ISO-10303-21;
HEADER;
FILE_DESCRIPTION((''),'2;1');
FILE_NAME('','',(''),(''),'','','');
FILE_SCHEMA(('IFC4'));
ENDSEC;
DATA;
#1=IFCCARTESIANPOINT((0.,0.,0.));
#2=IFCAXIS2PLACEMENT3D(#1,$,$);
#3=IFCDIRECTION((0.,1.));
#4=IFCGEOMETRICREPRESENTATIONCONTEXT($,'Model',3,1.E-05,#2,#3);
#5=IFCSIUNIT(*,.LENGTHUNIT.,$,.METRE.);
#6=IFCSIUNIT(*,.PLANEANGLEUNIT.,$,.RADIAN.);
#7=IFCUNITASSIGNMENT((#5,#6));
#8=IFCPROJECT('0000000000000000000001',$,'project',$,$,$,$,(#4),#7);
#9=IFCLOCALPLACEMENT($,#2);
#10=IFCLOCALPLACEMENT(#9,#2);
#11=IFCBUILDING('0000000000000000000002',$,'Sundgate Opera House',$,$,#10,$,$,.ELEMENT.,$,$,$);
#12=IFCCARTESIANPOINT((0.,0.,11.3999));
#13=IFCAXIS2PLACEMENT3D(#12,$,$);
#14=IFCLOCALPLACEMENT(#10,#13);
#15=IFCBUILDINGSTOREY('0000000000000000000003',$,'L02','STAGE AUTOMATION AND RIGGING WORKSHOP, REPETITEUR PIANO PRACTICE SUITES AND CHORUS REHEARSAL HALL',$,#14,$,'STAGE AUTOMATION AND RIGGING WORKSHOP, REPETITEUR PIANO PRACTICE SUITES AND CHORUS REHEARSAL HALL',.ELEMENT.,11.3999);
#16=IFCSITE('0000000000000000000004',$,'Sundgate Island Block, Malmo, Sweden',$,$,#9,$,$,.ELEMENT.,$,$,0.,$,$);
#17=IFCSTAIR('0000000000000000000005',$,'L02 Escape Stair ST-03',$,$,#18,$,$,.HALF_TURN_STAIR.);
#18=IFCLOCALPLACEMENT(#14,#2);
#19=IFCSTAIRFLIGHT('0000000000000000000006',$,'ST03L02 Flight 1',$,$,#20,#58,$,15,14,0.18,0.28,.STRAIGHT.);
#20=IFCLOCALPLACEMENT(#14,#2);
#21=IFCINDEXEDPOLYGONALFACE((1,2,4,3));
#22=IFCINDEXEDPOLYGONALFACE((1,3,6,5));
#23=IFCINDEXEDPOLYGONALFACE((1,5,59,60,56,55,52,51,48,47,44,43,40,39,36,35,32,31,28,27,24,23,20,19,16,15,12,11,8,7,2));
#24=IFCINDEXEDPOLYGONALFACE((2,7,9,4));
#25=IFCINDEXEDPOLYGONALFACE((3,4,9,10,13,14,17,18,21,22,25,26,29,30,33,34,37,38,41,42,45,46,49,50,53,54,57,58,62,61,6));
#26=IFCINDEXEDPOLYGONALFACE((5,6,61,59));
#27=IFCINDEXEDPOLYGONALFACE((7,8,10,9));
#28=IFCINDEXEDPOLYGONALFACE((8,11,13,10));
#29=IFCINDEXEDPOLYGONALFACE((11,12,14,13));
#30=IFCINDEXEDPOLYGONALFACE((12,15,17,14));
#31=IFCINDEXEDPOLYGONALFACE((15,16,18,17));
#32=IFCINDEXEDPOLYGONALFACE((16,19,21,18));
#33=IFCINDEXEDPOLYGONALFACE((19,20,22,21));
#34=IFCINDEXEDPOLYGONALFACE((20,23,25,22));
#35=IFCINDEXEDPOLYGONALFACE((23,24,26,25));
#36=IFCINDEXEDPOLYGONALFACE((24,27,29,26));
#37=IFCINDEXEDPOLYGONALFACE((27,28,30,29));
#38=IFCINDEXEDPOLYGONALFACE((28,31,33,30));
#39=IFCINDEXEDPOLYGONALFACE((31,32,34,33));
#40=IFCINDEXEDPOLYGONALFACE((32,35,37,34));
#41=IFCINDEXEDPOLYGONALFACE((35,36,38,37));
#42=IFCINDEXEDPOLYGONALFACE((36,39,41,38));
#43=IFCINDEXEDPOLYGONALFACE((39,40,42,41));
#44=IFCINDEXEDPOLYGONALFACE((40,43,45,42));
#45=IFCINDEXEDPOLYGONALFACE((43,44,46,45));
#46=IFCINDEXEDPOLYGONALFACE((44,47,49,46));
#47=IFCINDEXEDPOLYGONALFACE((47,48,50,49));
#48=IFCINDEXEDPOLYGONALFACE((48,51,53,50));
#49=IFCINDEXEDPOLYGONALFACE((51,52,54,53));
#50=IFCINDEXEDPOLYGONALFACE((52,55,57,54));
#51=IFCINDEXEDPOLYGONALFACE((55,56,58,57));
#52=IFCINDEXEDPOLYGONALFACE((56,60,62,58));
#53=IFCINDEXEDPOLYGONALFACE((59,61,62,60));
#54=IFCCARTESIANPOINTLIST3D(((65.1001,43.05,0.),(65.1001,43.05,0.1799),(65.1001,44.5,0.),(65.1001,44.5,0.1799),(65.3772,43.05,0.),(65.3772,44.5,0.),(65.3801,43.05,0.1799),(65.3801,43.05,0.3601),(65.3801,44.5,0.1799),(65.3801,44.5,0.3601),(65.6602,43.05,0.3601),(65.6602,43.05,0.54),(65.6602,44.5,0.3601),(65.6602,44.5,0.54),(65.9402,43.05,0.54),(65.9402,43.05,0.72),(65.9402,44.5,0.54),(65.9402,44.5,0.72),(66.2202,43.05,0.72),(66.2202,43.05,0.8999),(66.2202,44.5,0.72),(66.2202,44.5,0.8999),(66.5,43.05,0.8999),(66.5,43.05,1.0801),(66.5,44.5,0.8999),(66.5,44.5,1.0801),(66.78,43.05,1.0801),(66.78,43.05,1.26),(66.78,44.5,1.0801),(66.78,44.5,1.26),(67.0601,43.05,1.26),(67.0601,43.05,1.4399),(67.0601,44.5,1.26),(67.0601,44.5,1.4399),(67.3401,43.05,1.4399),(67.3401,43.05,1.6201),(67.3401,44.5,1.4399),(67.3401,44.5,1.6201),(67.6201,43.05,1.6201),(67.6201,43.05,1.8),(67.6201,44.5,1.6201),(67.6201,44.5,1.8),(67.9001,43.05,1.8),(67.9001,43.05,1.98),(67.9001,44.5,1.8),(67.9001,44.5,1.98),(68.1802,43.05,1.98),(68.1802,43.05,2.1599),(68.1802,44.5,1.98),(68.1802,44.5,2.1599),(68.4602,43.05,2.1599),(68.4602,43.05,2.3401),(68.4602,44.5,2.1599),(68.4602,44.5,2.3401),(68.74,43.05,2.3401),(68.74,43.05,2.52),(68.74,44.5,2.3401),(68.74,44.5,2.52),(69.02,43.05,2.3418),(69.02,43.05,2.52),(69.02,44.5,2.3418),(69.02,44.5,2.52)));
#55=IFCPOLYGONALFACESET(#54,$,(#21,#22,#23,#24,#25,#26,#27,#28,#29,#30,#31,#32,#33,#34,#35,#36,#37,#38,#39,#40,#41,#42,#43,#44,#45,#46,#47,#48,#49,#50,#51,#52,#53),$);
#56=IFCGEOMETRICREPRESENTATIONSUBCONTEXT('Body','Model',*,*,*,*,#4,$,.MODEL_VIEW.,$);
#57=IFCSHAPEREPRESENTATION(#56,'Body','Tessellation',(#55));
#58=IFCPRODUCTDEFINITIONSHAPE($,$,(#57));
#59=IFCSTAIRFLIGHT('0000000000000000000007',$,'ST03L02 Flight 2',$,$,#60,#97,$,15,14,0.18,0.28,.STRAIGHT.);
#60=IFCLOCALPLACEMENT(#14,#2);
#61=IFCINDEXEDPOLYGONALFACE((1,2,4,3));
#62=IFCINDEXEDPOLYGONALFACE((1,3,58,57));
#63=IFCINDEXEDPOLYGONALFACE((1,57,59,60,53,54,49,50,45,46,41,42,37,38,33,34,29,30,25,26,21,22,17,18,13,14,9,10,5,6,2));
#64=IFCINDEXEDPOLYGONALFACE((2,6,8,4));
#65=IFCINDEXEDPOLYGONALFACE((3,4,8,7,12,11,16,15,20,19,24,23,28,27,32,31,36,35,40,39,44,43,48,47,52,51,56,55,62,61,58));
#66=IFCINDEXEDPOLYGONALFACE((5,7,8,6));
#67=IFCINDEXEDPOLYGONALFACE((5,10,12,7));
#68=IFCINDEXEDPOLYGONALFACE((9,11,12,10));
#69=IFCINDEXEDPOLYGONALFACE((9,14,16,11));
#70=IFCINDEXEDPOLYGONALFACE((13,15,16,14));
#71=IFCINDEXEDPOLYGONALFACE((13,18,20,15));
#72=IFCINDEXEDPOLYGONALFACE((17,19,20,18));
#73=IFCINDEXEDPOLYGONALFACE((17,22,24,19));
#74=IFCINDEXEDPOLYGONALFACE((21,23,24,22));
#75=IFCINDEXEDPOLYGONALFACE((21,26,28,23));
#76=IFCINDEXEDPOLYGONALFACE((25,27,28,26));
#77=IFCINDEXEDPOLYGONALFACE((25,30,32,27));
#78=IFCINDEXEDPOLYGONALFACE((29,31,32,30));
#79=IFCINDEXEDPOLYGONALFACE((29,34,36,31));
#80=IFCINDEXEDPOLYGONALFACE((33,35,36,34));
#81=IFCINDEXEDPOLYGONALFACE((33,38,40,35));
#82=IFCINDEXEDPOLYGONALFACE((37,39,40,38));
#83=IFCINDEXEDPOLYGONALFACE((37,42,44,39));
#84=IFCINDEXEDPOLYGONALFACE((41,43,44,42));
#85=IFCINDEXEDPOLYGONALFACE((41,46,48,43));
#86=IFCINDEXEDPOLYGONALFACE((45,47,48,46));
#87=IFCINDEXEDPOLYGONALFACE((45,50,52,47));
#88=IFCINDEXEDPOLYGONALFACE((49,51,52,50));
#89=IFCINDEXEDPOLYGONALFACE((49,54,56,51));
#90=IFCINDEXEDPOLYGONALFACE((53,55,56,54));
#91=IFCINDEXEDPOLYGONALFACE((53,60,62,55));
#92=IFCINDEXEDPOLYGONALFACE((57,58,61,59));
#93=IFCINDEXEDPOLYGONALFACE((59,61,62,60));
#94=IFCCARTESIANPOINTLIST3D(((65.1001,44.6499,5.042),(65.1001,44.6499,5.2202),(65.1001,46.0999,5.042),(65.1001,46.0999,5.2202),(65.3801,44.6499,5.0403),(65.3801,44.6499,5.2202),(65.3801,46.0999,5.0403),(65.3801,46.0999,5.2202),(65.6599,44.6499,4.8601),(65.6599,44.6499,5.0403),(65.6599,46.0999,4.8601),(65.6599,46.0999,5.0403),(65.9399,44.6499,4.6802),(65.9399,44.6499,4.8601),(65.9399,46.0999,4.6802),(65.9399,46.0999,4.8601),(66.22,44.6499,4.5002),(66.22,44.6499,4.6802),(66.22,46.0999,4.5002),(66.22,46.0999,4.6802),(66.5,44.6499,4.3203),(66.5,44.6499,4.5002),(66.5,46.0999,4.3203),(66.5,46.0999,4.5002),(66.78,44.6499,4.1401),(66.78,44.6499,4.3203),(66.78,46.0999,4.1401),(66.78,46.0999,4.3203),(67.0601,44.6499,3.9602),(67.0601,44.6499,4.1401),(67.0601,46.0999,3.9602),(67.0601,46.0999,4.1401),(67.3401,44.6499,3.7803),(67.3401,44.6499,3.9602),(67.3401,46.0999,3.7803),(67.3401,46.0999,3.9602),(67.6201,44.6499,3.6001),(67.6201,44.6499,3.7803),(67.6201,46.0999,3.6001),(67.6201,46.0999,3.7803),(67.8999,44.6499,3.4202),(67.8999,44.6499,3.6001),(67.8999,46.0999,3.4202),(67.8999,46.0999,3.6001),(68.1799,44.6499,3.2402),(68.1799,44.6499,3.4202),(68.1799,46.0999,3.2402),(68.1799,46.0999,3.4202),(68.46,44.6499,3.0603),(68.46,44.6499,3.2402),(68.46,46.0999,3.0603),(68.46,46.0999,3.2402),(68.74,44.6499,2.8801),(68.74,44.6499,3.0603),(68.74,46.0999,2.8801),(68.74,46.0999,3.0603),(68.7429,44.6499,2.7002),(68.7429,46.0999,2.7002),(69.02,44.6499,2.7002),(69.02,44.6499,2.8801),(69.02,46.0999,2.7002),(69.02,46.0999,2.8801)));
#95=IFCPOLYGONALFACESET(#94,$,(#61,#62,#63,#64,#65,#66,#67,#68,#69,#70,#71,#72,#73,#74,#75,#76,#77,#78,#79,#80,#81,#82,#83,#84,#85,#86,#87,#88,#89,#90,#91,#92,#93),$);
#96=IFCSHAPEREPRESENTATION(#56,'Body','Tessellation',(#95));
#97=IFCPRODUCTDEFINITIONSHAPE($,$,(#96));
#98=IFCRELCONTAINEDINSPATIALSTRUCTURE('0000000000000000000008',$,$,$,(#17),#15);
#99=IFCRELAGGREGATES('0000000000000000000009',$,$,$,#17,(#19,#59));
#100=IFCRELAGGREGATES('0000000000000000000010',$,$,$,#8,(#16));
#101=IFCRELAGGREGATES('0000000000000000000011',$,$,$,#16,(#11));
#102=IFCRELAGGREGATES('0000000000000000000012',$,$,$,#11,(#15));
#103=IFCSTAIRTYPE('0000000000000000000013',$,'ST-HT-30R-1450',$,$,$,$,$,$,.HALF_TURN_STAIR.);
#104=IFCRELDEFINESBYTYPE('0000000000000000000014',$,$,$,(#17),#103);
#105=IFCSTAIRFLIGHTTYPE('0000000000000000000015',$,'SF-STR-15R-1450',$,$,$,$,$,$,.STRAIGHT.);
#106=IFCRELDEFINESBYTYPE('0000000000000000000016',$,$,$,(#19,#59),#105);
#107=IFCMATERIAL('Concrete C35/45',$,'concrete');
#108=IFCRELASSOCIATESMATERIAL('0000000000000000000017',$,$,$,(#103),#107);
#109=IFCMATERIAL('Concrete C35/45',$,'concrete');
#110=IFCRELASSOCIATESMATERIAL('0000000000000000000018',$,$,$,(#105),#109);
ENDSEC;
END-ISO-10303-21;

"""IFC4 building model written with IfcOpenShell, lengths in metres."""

from ifc_helpers import new_model, si_unit, direction, frame, origin, place, context, subcontext, project, spatial, polyline, outline, extrude, material, type_object, element, aggregate, save


model = new_model("IFC4")

# Units and contexts
model_context = context("Model", 3, precision=1e-05, world=origin(), true_north=direction((0.0, 1.0)))
body_context = subcontext(model_context, "Body", "Model", "MODEL_VIEW")
ifc_project = project(units=[si_unit("LENGTHUNIT", "METRE"), si_unit("PLANEANGLEUNIT", "RADIAN")], contexts=[model_context])

# Site, building, storey
site_placement = place(None, origin())
site = spatial("IfcSite", under=ifc_project, at=site_placement, Name="Sundgate Island Block, Malmo, Sweden", CompositionType="ELEMENT", RefElevation=0.0)
building_placement = place(site_placement, origin())
building = spatial("IfcBuilding", under=site, at=building_placement, Name="Sundgate Opera House", CompositionType="ELEMENT")
storey_placement = place(building_placement, frame((0.0, 0.0, 11.3999)))
storey = spatial("IfcBuildingStorey", under=building, at=storey_placement, Name="L02", Description="STAGE AUTOMATION AND RIGGING WORKSHOP, REPETITEUR PIANO PRACTICE SUITES AND CHORUS REHEARSAL HALL", LongName="STAGE AUTOMATION AND RIGGING WORKSHOP, REPETITEUR PIANO PRACTICE SUITES AND CHORUS REHEARSAL HALL", CompositionType="ELEMENT", Elevation=11.3999)

# Stair, stair flights
ifc_material_1 = material(Name="Concrete C35/45", Category="concrete")
stair_type = type_object("IfcStairType", Name="ST-HT-30R-1450", PredefinedType="HALF_TURN_STAIR", material=ifc_material_1)
stair_placement = place(storey_placement, origin())
stair = element("IfcStair", 1, at=stair_placement, inside=storey, type_object=stair_type, Name="L02 Escape Stair ST-03", PredefinedType="HALF_TURN_STAIR")
ifc_material_2 = material(Name="Concrete C35/45", Category="concrete")
stair_flight_type = type_object("IfcStairFlightType", Name="SF-STR-15R-1450", PredefinedType="STRAIGHT", material=ifc_material_2)
stair_flight_1_placement = place(storey_placement, frame((65.1001, 43.7749, 0.0), z_axis=(0.0, 0.0, 1.0), x_axis=(1.0, 0.0, 0.0)))
stair_flight_1 = element("IfcStairFlight", 2, at=stair_flight_1_placement, type_object=stair_flight_type, Name="ST03L02 Flight 1", NumberOfRisers=15, NumberOfTreads=14, PredefinedType="STRAIGHT", RiserHeight=0.18, TreadLength=0.28, context=body_context, shape_type="SweptSolid", body=[
    extrude(outline(polyline([(0.0, 0.0), (0.0, 0.1799), (0.28, 0.1799), (0.28, 0.3601), (0.5601, 0.3601), (0.5601, 0.54), (0.8401, 0.54), (0.8401, 0.72), (1.1201, 0.72), (1.1201, 0.8999), (1.3999, 0.8999), (1.3999, 1.0801), (1.6799, 1.0801), (1.6799, 1.26), (1.96, 1.26), (1.96, 1.4399), (2.24, 1.4399), (2.24, 1.6201), (2.52, 1.6201), (2.52, 1.8), (2.8, 1.8), (2.8, 1.98), (3.0801, 1.98), (3.0801, 2.1599), (3.3601, 2.1599), (3.3601, 2.3401), (3.6399, 2.3401), (3.6399, 2.52), (3.9199, 2.52), (3.9199, 2.7), (3.9199, 2.3418), (0.2771, 0.0), (0.0, 0.0)])), frame((0.0, 0.7251, 0.0), z_axis=(0.0, -1.0, 0.0), x_axis=(1.0, 0.0, 0.0)), (0.0, 0.0, 1.0), 1.45),
])
stair_flight_2_placement = place(storey_placement, frame((69.02, 45.375, 2.7002), z_axis=(0.0, 0.0, 1.0), x_axis=(-1.0, 0.0, 0.0)))
stair_flight_2 = element("IfcStairFlight", 3, at=stair_flight_2_placement, type_object=stair_flight_type, Name="ST03L02 Flight 2", NumberOfRisers=15, NumberOfTreads=14, PredefinedType="STRAIGHT", RiserHeight=0.18, TreadLength=0.28, context=body_context, shape_type="SweptSolid", body=[
    extrude(outline(polyline([(0.0, 0.0), (0.0, 0.1799), (0.28, 0.1799), (0.28, 0.3601), (0.5601, 0.3601), (0.5601, 0.54), (0.8401, 0.54), (0.8401, 0.72), (1.1201, 0.72), (1.1201, 0.8999), (1.3999, 0.8999), (1.3999, 1.0801), (1.6799, 1.0801), (1.6799, 1.26), (1.96, 1.26), (1.96, 1.4399), (2.24, 1.4399), (2.24, 1.6201), (2.52, 1.6201), (2.52, 1.8), (2.8, 1.8), (2.8, 1.98), (3.0801, 1.98), (3.0801, 2.1599), (3.3601, 2.1599), (3.3601, 2.3401), (3.6399, 2.3401), (3.6399, 2.52), (3.9199, 2.52), (3.9199, 2.7), (3.9199, 2.3418), (0.2771, 0.0), (0.0, 0.0)])), frame((0.0, 0.7251, 0.0), z_axis=(0.0, -1.0, 0.0), x_axis=(1.0, 0.0, 0.0)), (0.0, 0.0, 1.0), 1.45),
])
aggregate(stair, [stair_flight_1, stair_flight_2])

save(model, "model.ifc")
